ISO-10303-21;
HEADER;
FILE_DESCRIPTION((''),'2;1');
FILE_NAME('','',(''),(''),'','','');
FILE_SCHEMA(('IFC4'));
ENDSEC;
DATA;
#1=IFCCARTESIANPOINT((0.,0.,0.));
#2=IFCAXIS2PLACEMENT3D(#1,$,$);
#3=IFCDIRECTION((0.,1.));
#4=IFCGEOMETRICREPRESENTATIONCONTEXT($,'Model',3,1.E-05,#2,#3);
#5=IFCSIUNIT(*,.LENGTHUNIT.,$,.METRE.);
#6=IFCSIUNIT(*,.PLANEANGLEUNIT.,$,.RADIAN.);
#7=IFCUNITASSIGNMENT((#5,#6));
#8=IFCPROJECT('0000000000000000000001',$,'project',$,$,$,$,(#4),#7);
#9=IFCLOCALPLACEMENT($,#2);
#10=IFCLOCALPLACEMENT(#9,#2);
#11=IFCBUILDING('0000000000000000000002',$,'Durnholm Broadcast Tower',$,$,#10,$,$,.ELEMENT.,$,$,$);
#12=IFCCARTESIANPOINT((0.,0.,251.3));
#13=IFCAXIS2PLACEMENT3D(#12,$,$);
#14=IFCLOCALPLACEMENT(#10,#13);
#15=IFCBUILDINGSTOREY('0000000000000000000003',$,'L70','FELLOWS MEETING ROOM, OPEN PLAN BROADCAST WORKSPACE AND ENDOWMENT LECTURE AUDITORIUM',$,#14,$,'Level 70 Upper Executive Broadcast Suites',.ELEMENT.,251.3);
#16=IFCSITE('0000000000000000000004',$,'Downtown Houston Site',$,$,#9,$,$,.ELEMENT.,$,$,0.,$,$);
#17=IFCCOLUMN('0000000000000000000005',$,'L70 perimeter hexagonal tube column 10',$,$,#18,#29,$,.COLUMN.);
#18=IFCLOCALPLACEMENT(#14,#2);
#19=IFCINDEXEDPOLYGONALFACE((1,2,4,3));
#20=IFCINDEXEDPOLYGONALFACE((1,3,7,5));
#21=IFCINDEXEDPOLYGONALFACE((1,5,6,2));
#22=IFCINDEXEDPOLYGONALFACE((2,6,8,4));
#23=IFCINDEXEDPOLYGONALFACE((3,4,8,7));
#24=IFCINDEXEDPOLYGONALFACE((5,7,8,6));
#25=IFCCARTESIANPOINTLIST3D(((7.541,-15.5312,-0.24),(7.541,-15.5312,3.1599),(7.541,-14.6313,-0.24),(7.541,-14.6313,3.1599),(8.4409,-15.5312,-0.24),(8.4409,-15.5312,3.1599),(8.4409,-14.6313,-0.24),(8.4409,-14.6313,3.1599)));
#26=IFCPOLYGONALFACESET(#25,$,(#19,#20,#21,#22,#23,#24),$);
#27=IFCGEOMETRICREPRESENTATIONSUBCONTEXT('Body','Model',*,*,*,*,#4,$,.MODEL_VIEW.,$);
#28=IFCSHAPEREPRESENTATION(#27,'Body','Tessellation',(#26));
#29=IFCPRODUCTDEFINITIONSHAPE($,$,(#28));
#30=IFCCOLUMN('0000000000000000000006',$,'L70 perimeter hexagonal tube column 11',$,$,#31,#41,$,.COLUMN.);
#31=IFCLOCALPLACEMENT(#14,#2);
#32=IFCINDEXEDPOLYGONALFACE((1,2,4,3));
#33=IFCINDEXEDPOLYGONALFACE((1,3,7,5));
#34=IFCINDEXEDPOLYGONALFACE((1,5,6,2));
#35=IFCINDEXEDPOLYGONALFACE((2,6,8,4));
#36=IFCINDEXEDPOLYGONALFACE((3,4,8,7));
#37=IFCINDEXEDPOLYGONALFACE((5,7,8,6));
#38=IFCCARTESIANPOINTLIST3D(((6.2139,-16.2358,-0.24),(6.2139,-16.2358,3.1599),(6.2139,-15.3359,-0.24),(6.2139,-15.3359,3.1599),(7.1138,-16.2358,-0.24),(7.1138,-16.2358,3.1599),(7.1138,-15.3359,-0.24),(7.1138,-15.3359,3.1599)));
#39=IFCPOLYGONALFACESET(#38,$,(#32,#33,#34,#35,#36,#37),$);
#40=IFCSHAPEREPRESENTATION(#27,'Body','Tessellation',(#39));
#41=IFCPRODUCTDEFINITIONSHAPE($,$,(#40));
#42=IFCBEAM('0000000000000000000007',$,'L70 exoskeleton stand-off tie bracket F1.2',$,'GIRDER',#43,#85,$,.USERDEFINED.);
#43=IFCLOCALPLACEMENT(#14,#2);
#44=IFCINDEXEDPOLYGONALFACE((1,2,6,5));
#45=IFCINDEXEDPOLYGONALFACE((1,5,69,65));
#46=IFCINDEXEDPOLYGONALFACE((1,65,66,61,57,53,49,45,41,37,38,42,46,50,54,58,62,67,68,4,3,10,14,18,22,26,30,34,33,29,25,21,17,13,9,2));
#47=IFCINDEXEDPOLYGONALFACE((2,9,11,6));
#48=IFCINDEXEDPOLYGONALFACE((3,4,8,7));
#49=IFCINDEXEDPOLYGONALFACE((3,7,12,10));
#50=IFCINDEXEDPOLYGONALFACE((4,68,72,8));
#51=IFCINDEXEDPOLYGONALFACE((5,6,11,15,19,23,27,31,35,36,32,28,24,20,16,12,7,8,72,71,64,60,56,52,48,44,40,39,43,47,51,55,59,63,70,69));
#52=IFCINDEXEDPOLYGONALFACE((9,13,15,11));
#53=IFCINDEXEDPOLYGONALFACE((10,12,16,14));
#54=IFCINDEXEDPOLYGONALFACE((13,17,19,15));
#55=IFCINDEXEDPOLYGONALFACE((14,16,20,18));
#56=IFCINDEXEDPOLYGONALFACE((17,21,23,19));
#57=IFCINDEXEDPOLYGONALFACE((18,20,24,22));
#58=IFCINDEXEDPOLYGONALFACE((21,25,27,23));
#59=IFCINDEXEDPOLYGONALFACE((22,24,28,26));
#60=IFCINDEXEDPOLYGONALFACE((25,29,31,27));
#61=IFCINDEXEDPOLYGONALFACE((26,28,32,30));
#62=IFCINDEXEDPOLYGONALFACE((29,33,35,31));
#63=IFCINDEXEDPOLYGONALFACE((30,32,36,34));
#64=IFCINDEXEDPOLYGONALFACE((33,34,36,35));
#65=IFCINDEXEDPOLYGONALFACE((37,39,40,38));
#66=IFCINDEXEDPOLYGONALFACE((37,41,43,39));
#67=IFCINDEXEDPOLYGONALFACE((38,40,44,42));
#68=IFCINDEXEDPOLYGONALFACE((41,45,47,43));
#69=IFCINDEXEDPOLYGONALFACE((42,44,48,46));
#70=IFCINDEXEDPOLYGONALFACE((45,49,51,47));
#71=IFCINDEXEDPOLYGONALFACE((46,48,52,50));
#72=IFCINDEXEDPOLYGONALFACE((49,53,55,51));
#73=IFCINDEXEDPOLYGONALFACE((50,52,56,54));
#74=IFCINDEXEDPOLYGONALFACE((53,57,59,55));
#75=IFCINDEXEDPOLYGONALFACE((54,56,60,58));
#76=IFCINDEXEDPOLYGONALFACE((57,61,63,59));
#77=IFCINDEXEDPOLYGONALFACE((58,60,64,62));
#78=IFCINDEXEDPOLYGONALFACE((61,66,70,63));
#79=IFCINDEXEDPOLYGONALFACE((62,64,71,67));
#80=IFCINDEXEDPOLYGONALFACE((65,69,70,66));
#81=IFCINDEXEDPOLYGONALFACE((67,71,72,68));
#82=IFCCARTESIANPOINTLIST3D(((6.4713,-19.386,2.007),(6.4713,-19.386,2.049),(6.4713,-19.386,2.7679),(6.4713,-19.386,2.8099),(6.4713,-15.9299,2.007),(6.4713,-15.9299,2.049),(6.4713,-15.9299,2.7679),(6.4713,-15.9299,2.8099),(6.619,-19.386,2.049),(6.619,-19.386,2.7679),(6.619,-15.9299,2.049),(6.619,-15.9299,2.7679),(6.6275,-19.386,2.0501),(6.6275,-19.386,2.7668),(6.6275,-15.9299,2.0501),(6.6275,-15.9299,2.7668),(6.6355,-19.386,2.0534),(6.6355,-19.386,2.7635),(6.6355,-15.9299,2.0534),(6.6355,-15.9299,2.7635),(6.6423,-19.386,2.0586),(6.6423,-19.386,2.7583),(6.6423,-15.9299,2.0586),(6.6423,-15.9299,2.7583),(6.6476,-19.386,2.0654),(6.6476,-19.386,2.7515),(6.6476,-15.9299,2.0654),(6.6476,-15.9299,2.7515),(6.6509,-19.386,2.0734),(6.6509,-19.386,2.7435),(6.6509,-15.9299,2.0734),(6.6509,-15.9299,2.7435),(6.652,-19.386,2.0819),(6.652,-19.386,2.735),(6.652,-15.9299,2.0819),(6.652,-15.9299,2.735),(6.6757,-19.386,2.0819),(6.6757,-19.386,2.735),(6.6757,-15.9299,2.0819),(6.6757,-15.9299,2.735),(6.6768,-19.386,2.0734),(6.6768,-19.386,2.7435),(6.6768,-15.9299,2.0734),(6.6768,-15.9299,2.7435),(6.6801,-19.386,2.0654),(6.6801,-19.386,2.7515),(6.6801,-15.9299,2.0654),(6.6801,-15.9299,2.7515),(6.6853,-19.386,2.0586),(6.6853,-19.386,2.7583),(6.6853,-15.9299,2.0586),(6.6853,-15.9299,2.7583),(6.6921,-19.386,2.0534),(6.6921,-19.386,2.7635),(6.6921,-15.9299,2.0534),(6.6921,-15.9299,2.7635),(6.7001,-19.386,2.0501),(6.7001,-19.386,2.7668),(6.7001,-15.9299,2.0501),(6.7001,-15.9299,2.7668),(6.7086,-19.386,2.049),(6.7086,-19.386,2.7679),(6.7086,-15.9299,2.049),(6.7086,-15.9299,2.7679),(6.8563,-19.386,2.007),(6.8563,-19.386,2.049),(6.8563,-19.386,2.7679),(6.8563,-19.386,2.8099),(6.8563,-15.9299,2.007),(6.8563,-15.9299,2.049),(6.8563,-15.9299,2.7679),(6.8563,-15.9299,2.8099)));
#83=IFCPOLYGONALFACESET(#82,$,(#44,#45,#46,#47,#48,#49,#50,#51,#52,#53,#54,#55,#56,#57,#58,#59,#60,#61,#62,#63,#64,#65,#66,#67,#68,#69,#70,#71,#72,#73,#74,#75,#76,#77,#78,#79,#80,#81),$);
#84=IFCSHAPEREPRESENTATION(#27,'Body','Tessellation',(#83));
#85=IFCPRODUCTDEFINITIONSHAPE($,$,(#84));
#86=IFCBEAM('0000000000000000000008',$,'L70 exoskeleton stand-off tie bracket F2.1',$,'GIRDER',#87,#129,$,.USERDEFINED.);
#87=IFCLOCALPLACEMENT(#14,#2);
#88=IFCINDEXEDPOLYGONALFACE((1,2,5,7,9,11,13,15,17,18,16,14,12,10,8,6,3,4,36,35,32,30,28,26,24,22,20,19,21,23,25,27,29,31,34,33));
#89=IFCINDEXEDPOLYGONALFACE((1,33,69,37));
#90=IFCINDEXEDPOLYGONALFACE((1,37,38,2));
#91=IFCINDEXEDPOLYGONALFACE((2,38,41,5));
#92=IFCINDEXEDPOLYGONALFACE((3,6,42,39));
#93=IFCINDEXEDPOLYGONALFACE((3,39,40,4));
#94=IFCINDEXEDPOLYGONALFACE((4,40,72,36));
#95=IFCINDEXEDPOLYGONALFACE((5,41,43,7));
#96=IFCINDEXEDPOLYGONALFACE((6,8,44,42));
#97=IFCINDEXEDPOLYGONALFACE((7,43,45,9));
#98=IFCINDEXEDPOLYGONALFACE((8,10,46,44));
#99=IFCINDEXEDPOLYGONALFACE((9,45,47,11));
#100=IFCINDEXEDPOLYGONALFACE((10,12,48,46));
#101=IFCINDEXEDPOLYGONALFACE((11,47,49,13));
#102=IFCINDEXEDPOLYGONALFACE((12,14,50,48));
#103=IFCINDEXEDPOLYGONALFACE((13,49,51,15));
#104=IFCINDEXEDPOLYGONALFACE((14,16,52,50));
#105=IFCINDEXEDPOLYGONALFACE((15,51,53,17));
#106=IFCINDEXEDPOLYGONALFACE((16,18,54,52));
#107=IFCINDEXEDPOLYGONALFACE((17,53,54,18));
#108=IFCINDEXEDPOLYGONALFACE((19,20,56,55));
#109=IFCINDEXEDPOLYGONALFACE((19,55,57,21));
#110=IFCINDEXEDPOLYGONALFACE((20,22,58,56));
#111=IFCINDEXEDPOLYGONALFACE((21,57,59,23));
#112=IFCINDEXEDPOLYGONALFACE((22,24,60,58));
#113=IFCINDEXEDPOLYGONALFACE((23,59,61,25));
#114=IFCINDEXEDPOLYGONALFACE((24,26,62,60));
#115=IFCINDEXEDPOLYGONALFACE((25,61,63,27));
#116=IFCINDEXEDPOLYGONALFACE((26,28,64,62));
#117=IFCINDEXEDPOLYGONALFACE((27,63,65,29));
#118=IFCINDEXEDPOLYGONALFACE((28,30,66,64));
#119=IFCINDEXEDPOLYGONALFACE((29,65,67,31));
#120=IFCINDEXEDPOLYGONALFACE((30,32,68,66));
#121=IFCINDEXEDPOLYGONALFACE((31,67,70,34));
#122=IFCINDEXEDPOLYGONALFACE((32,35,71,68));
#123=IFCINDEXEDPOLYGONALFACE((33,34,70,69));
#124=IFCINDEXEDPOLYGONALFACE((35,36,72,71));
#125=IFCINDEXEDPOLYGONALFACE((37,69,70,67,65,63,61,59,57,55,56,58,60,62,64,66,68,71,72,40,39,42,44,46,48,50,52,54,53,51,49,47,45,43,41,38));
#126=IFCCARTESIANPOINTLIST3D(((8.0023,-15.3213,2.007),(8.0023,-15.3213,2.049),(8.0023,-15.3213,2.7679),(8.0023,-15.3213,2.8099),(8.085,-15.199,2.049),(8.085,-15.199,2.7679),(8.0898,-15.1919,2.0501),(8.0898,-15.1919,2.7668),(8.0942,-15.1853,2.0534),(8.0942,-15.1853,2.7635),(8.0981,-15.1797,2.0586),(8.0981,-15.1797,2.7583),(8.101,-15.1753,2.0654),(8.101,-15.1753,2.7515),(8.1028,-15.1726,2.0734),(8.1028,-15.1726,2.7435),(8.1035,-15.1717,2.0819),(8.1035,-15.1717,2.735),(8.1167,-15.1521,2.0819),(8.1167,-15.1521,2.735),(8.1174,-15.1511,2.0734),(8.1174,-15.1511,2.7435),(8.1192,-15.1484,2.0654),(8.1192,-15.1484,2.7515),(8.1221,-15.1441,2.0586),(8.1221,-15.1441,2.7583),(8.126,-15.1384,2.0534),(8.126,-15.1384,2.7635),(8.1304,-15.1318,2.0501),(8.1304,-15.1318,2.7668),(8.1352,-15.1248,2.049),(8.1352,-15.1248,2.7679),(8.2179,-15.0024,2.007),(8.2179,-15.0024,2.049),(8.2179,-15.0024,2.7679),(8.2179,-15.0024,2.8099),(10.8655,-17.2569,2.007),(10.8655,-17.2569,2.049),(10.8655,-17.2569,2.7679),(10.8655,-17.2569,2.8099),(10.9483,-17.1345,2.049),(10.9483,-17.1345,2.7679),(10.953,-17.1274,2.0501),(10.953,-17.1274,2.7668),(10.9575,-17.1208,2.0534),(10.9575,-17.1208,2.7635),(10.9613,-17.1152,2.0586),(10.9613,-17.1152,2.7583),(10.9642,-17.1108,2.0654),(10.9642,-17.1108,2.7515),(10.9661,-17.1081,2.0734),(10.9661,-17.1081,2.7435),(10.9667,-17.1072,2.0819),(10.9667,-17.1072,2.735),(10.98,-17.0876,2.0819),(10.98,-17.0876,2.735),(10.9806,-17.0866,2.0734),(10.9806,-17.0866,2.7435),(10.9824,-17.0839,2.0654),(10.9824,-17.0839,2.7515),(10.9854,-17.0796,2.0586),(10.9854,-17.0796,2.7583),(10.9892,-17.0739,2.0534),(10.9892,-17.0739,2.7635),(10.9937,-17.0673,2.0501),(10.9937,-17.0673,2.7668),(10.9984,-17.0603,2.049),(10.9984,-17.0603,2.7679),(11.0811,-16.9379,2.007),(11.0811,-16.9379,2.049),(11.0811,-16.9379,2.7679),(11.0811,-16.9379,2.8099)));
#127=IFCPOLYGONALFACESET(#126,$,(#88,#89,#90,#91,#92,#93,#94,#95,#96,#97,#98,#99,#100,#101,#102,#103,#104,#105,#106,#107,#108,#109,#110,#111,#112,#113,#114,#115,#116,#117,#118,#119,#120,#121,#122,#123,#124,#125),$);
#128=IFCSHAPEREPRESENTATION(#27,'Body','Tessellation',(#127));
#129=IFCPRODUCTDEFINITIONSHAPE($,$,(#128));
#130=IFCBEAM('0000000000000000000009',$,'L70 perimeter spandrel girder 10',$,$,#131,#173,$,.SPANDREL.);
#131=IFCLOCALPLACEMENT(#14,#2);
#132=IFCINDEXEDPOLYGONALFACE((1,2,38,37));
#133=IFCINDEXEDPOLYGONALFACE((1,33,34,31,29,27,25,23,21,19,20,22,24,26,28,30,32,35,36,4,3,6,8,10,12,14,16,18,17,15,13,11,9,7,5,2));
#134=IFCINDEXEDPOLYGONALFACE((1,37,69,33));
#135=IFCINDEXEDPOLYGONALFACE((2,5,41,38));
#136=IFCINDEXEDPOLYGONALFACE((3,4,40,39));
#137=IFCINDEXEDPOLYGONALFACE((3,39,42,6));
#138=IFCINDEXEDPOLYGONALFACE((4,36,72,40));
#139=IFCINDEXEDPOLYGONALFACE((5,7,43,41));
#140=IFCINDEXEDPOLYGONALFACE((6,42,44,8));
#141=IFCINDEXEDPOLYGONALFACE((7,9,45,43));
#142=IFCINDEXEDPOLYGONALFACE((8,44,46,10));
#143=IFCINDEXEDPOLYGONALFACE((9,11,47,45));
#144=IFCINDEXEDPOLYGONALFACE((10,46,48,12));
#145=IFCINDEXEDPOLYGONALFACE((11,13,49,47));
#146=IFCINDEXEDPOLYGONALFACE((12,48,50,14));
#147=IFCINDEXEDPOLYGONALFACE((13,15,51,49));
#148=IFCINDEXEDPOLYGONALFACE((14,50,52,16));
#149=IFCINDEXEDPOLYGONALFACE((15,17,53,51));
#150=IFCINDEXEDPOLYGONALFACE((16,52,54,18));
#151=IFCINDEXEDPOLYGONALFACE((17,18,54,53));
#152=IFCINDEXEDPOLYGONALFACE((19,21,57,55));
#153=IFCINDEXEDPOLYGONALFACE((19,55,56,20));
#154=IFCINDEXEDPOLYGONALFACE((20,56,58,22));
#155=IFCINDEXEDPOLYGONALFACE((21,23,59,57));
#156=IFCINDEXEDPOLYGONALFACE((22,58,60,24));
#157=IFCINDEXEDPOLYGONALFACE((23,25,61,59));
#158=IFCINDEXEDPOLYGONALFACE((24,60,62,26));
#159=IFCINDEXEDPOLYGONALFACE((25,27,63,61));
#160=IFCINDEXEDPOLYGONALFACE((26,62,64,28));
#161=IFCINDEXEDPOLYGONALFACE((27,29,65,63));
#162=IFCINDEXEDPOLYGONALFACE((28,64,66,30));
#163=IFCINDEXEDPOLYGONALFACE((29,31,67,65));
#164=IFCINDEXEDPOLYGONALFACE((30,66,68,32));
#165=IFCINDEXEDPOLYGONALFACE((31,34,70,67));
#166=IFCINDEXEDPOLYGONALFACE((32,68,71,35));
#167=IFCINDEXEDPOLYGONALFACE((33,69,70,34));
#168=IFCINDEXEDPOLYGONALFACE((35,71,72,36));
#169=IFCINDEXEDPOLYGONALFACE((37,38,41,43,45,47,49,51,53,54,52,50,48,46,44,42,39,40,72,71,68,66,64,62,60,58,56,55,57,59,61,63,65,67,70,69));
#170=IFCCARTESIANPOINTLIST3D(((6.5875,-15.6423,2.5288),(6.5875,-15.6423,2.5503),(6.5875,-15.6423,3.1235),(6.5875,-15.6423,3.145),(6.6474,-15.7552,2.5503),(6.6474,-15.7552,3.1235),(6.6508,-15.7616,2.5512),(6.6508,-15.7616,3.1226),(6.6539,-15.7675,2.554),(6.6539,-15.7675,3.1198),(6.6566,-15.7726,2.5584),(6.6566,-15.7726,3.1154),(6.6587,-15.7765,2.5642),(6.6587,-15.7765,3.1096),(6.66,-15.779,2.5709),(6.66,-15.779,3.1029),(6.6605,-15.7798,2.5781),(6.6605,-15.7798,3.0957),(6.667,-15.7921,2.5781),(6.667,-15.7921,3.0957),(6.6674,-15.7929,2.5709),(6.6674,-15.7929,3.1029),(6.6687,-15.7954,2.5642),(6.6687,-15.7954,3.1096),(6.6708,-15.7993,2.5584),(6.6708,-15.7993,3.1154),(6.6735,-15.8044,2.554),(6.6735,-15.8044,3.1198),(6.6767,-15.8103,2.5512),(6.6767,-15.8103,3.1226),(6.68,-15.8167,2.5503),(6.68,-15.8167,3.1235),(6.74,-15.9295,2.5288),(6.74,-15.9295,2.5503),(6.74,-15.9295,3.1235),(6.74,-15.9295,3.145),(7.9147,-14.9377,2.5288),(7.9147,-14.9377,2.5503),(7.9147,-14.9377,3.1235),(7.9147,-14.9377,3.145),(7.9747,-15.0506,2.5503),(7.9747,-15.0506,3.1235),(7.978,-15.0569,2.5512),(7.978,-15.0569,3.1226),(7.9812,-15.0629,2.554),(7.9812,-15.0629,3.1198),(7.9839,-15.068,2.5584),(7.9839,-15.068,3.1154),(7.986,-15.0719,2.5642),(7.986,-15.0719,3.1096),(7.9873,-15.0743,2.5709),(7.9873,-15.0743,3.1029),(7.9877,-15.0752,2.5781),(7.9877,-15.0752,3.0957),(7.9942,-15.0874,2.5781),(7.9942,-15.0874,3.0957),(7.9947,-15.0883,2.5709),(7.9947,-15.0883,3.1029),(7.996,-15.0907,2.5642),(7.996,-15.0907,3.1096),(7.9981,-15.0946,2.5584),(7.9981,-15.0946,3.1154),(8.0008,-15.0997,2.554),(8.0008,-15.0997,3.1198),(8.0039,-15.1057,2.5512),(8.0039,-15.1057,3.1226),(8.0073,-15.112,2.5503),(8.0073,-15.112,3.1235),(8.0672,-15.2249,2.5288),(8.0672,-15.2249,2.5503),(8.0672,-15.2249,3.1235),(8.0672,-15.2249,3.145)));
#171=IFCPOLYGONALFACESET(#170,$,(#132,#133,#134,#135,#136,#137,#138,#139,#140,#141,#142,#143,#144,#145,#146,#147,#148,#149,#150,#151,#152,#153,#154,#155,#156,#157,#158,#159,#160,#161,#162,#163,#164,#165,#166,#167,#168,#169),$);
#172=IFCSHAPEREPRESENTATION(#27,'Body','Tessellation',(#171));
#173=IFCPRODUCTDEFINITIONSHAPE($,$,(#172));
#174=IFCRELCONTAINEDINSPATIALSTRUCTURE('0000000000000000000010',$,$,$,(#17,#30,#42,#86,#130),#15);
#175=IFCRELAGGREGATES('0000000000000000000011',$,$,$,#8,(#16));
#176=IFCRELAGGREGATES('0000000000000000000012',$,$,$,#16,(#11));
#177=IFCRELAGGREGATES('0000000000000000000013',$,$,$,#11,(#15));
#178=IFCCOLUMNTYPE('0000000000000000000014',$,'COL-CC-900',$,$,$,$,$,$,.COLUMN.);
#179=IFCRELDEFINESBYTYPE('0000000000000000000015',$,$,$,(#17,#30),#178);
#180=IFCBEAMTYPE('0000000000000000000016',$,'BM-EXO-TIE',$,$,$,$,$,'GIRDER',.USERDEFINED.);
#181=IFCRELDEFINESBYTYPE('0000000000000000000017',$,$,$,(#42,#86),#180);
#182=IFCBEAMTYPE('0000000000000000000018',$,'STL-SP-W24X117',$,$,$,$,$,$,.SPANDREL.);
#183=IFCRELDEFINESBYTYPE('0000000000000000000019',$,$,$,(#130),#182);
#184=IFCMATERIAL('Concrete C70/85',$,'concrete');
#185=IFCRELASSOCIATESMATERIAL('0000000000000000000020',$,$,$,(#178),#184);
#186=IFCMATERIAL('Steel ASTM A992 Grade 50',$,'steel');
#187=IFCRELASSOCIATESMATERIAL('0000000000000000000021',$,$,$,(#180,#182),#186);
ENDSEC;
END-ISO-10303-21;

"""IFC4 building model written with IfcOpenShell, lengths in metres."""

from ifc_helpers import new_model, si_unit, direction, frame, origin, origin_2d, place, context, subcontext, project, spatial, rectangle, i_section, extrude, source, transform, mapped, material, material_profile, profile_set, type_object, type_shapes, element, save


model = new_model("IFC4")

# Units and contexts
model_context = context("Model", 3, precision=1e-05, world=origin(), true_north=direction((0.0, 1.0)))
body_context = subcontext(model_context, "Body", "Model", "MODEL_VIEW")
ifc_project = project(units=[si_unit("LENGTHUNIT", "METRE"), si_unit("PLANEANGLEUNIT", "RADIAN")], contexts=[model_context])

# Site, building, storey
site_placement = place(None, origin())
site = spatial("IfcSite", under=ifc_project, at=site_placement, Name="Downtown Houston Site", CompositionType="ELEMENT", RefElevation=0.0)
building_placement = place(site_placement, origin())
building = spatial("IfcBuilding", under=site, at=building_placement, Name="Durnholm Broadcast Tower", CompositionType="ELEMENT")
storey_placement = place(building_placement, frame((0.0, 0.0, 251.3)))
storey = spatial("IfcBuildingStorey", under=building, at=storey_placement, Name="L70", Description="FELLOWS MEETING ROOM, OPEN PLAN BROADCAST WORKSPACE AND ENDOWMENT LECTURE AUDITORIUM", LongName="Level 70 Upper Executive Broadcast Suites", CompositionType="ELEMENT", Elevation=251.3)

# Columns
ifc_material_1 = material(Name="Concrete C70/85", Category="concrete")
ifc_material_profile_1 = material_profile(ifc_material_1, rectangle(XDim=0.8999, YDim=0.8999, at=origin_2d()), Name="RC900X900")
ifc_profile_set_1 = profile_set([ifc_material_profile_1], Name="Concrete C70/85")
column_type = type_object("IfcColumnType", Name="COL-CC-900", PredefinedType="COLUMN", material=ifc_profile_set_1)
shared_shape_1 = source(origin(), body_context, "Body", "SweptSolid", [
    extrude(rectangle(XDim=0.8999, YDim=0.8999, at=origin_2d()), origin(), (0.0, 0.0, 1.0), 3.3999),
])
type_shapes(column_type, [shared_shape_1])
for number, where, z_axis, x_axis, name in (
    (1, (7.991, -15.0813, -0.24), (0.0, 0.0, 1.0), (1.0, 0.0, 0.0), "L70 perimeter hexagonal tube column 10"),
    (2, (6.6638, -15.7859, -0.24), (0.0, 0.0, 1.0), (1.0, 0.0, 0.0), "L70 perimeter hexagonal tube column 11"),
):
    element("IfcColumn", number, at=place(storey_placement, frame(where, z_axis=z_axis, x_axis=x_axis)), inside=storey, type_object=column_type, Name=name, PredefinedType="COLUMN", context=body_context, shape_type="MappedRepresentation", body=[
        mapped(shared_shape_1, transform((0.0, 0.0, 0.0), x_axis=(1.0, 0.0, 0.0), y_axis=(0.0, 1.0, 0.0), z_axis=(0.0, 0.0, 1.0), scale=1.0)),
    ])

# Beams
ifc_material_2 = material(Name="Steel ASTM A992 Grade 50", Category="steel")
ifc_material_profile_2 = material_profile(ifc_material_2, i_section(OverallWidth=0.385, OverallDepth=0.803, WebThickness=0.0237, FlangeThickness=0.042, FilletRadius=0.033, at=origin_2d()), Name="W30X261")
ifc_profile_set_2 = profile_set([ifc_material_profile_2], Name="Steel ASTM A992 Grade 50")
beam_type_1 = type_object("IfcBeamType", Name="BM-EXO-TIE", ElementType="GIRDER", PredefinedType="USERDEFINED", material=ifc_profile_set_2)
shared_shape_2 = source(origin(), body_context, "Body", "SweptSolid", [
    extrude(i_section(OverallWidth=0.385, OverallDepth=0.803, WebThickness=0.0237, FlangeThickness=0.042, FilletRadius=0.033, at=origin_2d()), origin(), (0.0, 0.0, 1.0), 3.4561),
])
for number, where, z_axis, x_axis, name in (
    (3, (6.6638, -15.9299, 2.4084), (0.0, -1.0, 0.0), (1.0, 0.0, 0.0), "L70 exoskeleton stand-off tie bracket F1.2"),
    (4, (8.1101, -15.1619, 2.4084), (0.828468, -0.560036, 0.0), (0.560036, 0.828468, 0.0), "L70 exoskeleton stand-off tie bracket F2.1"),
):
    element("IfcBeam", number, at=place(storey_placement, frame(where, z_axis=z_axis, x_axis=x_axis)), inside=storey, type_object=beam_type_1, Name=name, ObjectType="GIRDER", PredefinedType="USERDEFINED", context=body_context, shape_type="MappedRepresentation", body=[
        mapped(shared_shape_2, transform((0.0, 0.0, 0.0), x_axis=(1.0, 0.0, 0.0), y_axis=(0.0, 1.0, 0.0), z_axis=(0.0, 0.0, 1.0), scale=1.0)),
    ])
ifc_material_profile_3 = material_profile(ifc_material_2, i_section(OverallWidth=0.3252, OverallDepth=0.6162, WebThickness=0.0139, FlangeThickness=0.0215, FilletRadius=0.0278, at=origin_2d()), Name="W24X117")
ifc_profile_set_3 = profile_set([ifc_material_profile_3], Name="Steel ASTM A992 Grade 50")
beam_type_2 = type_object("IfcBeamType", Name="STL-SP-W24X117", PredefinedType="SPANDREL", material=ifc_profile_set_3)
shared_shape_3 = source(origin(), body_context, "Body", "SweptSolid", [
    extrude(i_section(OverallWidth=0.3252, OverallDepth=0.6162, WebThickness=0.0139, FlangeThickness=0.0215, FilletRadius=0.0278, at=origin_2d()), origin(), (0.0, 0.0, 1.0), 1.5027),
])
beam_1_placement = place(storey_placement, frame((7.991, -15.0813, 2.8369), z_axis=(-0.883242, -0.468918, 0.0), x_axis=(0.468918, -0.883242, 0.0)))
element("IfcBeam", 5, at=beam_1_placement, inside=storey, type_object=beam_type_2, Name="L70 perimeter spandrel girder 10", PredefinedType="SPANDREL", context=body_context, shape_type="MappedRepresentation", body=[
    mapped(shared_shape_3, transform((0.0, 0.0, 0.0), x_axis=(1.0, 0.0, 0.0), y_axis=(0.0, 1.0, 0.0), z_axis=(0.0, 0.0, 1.0), scale=1.0)),
])

save(model, "model.ifc")
